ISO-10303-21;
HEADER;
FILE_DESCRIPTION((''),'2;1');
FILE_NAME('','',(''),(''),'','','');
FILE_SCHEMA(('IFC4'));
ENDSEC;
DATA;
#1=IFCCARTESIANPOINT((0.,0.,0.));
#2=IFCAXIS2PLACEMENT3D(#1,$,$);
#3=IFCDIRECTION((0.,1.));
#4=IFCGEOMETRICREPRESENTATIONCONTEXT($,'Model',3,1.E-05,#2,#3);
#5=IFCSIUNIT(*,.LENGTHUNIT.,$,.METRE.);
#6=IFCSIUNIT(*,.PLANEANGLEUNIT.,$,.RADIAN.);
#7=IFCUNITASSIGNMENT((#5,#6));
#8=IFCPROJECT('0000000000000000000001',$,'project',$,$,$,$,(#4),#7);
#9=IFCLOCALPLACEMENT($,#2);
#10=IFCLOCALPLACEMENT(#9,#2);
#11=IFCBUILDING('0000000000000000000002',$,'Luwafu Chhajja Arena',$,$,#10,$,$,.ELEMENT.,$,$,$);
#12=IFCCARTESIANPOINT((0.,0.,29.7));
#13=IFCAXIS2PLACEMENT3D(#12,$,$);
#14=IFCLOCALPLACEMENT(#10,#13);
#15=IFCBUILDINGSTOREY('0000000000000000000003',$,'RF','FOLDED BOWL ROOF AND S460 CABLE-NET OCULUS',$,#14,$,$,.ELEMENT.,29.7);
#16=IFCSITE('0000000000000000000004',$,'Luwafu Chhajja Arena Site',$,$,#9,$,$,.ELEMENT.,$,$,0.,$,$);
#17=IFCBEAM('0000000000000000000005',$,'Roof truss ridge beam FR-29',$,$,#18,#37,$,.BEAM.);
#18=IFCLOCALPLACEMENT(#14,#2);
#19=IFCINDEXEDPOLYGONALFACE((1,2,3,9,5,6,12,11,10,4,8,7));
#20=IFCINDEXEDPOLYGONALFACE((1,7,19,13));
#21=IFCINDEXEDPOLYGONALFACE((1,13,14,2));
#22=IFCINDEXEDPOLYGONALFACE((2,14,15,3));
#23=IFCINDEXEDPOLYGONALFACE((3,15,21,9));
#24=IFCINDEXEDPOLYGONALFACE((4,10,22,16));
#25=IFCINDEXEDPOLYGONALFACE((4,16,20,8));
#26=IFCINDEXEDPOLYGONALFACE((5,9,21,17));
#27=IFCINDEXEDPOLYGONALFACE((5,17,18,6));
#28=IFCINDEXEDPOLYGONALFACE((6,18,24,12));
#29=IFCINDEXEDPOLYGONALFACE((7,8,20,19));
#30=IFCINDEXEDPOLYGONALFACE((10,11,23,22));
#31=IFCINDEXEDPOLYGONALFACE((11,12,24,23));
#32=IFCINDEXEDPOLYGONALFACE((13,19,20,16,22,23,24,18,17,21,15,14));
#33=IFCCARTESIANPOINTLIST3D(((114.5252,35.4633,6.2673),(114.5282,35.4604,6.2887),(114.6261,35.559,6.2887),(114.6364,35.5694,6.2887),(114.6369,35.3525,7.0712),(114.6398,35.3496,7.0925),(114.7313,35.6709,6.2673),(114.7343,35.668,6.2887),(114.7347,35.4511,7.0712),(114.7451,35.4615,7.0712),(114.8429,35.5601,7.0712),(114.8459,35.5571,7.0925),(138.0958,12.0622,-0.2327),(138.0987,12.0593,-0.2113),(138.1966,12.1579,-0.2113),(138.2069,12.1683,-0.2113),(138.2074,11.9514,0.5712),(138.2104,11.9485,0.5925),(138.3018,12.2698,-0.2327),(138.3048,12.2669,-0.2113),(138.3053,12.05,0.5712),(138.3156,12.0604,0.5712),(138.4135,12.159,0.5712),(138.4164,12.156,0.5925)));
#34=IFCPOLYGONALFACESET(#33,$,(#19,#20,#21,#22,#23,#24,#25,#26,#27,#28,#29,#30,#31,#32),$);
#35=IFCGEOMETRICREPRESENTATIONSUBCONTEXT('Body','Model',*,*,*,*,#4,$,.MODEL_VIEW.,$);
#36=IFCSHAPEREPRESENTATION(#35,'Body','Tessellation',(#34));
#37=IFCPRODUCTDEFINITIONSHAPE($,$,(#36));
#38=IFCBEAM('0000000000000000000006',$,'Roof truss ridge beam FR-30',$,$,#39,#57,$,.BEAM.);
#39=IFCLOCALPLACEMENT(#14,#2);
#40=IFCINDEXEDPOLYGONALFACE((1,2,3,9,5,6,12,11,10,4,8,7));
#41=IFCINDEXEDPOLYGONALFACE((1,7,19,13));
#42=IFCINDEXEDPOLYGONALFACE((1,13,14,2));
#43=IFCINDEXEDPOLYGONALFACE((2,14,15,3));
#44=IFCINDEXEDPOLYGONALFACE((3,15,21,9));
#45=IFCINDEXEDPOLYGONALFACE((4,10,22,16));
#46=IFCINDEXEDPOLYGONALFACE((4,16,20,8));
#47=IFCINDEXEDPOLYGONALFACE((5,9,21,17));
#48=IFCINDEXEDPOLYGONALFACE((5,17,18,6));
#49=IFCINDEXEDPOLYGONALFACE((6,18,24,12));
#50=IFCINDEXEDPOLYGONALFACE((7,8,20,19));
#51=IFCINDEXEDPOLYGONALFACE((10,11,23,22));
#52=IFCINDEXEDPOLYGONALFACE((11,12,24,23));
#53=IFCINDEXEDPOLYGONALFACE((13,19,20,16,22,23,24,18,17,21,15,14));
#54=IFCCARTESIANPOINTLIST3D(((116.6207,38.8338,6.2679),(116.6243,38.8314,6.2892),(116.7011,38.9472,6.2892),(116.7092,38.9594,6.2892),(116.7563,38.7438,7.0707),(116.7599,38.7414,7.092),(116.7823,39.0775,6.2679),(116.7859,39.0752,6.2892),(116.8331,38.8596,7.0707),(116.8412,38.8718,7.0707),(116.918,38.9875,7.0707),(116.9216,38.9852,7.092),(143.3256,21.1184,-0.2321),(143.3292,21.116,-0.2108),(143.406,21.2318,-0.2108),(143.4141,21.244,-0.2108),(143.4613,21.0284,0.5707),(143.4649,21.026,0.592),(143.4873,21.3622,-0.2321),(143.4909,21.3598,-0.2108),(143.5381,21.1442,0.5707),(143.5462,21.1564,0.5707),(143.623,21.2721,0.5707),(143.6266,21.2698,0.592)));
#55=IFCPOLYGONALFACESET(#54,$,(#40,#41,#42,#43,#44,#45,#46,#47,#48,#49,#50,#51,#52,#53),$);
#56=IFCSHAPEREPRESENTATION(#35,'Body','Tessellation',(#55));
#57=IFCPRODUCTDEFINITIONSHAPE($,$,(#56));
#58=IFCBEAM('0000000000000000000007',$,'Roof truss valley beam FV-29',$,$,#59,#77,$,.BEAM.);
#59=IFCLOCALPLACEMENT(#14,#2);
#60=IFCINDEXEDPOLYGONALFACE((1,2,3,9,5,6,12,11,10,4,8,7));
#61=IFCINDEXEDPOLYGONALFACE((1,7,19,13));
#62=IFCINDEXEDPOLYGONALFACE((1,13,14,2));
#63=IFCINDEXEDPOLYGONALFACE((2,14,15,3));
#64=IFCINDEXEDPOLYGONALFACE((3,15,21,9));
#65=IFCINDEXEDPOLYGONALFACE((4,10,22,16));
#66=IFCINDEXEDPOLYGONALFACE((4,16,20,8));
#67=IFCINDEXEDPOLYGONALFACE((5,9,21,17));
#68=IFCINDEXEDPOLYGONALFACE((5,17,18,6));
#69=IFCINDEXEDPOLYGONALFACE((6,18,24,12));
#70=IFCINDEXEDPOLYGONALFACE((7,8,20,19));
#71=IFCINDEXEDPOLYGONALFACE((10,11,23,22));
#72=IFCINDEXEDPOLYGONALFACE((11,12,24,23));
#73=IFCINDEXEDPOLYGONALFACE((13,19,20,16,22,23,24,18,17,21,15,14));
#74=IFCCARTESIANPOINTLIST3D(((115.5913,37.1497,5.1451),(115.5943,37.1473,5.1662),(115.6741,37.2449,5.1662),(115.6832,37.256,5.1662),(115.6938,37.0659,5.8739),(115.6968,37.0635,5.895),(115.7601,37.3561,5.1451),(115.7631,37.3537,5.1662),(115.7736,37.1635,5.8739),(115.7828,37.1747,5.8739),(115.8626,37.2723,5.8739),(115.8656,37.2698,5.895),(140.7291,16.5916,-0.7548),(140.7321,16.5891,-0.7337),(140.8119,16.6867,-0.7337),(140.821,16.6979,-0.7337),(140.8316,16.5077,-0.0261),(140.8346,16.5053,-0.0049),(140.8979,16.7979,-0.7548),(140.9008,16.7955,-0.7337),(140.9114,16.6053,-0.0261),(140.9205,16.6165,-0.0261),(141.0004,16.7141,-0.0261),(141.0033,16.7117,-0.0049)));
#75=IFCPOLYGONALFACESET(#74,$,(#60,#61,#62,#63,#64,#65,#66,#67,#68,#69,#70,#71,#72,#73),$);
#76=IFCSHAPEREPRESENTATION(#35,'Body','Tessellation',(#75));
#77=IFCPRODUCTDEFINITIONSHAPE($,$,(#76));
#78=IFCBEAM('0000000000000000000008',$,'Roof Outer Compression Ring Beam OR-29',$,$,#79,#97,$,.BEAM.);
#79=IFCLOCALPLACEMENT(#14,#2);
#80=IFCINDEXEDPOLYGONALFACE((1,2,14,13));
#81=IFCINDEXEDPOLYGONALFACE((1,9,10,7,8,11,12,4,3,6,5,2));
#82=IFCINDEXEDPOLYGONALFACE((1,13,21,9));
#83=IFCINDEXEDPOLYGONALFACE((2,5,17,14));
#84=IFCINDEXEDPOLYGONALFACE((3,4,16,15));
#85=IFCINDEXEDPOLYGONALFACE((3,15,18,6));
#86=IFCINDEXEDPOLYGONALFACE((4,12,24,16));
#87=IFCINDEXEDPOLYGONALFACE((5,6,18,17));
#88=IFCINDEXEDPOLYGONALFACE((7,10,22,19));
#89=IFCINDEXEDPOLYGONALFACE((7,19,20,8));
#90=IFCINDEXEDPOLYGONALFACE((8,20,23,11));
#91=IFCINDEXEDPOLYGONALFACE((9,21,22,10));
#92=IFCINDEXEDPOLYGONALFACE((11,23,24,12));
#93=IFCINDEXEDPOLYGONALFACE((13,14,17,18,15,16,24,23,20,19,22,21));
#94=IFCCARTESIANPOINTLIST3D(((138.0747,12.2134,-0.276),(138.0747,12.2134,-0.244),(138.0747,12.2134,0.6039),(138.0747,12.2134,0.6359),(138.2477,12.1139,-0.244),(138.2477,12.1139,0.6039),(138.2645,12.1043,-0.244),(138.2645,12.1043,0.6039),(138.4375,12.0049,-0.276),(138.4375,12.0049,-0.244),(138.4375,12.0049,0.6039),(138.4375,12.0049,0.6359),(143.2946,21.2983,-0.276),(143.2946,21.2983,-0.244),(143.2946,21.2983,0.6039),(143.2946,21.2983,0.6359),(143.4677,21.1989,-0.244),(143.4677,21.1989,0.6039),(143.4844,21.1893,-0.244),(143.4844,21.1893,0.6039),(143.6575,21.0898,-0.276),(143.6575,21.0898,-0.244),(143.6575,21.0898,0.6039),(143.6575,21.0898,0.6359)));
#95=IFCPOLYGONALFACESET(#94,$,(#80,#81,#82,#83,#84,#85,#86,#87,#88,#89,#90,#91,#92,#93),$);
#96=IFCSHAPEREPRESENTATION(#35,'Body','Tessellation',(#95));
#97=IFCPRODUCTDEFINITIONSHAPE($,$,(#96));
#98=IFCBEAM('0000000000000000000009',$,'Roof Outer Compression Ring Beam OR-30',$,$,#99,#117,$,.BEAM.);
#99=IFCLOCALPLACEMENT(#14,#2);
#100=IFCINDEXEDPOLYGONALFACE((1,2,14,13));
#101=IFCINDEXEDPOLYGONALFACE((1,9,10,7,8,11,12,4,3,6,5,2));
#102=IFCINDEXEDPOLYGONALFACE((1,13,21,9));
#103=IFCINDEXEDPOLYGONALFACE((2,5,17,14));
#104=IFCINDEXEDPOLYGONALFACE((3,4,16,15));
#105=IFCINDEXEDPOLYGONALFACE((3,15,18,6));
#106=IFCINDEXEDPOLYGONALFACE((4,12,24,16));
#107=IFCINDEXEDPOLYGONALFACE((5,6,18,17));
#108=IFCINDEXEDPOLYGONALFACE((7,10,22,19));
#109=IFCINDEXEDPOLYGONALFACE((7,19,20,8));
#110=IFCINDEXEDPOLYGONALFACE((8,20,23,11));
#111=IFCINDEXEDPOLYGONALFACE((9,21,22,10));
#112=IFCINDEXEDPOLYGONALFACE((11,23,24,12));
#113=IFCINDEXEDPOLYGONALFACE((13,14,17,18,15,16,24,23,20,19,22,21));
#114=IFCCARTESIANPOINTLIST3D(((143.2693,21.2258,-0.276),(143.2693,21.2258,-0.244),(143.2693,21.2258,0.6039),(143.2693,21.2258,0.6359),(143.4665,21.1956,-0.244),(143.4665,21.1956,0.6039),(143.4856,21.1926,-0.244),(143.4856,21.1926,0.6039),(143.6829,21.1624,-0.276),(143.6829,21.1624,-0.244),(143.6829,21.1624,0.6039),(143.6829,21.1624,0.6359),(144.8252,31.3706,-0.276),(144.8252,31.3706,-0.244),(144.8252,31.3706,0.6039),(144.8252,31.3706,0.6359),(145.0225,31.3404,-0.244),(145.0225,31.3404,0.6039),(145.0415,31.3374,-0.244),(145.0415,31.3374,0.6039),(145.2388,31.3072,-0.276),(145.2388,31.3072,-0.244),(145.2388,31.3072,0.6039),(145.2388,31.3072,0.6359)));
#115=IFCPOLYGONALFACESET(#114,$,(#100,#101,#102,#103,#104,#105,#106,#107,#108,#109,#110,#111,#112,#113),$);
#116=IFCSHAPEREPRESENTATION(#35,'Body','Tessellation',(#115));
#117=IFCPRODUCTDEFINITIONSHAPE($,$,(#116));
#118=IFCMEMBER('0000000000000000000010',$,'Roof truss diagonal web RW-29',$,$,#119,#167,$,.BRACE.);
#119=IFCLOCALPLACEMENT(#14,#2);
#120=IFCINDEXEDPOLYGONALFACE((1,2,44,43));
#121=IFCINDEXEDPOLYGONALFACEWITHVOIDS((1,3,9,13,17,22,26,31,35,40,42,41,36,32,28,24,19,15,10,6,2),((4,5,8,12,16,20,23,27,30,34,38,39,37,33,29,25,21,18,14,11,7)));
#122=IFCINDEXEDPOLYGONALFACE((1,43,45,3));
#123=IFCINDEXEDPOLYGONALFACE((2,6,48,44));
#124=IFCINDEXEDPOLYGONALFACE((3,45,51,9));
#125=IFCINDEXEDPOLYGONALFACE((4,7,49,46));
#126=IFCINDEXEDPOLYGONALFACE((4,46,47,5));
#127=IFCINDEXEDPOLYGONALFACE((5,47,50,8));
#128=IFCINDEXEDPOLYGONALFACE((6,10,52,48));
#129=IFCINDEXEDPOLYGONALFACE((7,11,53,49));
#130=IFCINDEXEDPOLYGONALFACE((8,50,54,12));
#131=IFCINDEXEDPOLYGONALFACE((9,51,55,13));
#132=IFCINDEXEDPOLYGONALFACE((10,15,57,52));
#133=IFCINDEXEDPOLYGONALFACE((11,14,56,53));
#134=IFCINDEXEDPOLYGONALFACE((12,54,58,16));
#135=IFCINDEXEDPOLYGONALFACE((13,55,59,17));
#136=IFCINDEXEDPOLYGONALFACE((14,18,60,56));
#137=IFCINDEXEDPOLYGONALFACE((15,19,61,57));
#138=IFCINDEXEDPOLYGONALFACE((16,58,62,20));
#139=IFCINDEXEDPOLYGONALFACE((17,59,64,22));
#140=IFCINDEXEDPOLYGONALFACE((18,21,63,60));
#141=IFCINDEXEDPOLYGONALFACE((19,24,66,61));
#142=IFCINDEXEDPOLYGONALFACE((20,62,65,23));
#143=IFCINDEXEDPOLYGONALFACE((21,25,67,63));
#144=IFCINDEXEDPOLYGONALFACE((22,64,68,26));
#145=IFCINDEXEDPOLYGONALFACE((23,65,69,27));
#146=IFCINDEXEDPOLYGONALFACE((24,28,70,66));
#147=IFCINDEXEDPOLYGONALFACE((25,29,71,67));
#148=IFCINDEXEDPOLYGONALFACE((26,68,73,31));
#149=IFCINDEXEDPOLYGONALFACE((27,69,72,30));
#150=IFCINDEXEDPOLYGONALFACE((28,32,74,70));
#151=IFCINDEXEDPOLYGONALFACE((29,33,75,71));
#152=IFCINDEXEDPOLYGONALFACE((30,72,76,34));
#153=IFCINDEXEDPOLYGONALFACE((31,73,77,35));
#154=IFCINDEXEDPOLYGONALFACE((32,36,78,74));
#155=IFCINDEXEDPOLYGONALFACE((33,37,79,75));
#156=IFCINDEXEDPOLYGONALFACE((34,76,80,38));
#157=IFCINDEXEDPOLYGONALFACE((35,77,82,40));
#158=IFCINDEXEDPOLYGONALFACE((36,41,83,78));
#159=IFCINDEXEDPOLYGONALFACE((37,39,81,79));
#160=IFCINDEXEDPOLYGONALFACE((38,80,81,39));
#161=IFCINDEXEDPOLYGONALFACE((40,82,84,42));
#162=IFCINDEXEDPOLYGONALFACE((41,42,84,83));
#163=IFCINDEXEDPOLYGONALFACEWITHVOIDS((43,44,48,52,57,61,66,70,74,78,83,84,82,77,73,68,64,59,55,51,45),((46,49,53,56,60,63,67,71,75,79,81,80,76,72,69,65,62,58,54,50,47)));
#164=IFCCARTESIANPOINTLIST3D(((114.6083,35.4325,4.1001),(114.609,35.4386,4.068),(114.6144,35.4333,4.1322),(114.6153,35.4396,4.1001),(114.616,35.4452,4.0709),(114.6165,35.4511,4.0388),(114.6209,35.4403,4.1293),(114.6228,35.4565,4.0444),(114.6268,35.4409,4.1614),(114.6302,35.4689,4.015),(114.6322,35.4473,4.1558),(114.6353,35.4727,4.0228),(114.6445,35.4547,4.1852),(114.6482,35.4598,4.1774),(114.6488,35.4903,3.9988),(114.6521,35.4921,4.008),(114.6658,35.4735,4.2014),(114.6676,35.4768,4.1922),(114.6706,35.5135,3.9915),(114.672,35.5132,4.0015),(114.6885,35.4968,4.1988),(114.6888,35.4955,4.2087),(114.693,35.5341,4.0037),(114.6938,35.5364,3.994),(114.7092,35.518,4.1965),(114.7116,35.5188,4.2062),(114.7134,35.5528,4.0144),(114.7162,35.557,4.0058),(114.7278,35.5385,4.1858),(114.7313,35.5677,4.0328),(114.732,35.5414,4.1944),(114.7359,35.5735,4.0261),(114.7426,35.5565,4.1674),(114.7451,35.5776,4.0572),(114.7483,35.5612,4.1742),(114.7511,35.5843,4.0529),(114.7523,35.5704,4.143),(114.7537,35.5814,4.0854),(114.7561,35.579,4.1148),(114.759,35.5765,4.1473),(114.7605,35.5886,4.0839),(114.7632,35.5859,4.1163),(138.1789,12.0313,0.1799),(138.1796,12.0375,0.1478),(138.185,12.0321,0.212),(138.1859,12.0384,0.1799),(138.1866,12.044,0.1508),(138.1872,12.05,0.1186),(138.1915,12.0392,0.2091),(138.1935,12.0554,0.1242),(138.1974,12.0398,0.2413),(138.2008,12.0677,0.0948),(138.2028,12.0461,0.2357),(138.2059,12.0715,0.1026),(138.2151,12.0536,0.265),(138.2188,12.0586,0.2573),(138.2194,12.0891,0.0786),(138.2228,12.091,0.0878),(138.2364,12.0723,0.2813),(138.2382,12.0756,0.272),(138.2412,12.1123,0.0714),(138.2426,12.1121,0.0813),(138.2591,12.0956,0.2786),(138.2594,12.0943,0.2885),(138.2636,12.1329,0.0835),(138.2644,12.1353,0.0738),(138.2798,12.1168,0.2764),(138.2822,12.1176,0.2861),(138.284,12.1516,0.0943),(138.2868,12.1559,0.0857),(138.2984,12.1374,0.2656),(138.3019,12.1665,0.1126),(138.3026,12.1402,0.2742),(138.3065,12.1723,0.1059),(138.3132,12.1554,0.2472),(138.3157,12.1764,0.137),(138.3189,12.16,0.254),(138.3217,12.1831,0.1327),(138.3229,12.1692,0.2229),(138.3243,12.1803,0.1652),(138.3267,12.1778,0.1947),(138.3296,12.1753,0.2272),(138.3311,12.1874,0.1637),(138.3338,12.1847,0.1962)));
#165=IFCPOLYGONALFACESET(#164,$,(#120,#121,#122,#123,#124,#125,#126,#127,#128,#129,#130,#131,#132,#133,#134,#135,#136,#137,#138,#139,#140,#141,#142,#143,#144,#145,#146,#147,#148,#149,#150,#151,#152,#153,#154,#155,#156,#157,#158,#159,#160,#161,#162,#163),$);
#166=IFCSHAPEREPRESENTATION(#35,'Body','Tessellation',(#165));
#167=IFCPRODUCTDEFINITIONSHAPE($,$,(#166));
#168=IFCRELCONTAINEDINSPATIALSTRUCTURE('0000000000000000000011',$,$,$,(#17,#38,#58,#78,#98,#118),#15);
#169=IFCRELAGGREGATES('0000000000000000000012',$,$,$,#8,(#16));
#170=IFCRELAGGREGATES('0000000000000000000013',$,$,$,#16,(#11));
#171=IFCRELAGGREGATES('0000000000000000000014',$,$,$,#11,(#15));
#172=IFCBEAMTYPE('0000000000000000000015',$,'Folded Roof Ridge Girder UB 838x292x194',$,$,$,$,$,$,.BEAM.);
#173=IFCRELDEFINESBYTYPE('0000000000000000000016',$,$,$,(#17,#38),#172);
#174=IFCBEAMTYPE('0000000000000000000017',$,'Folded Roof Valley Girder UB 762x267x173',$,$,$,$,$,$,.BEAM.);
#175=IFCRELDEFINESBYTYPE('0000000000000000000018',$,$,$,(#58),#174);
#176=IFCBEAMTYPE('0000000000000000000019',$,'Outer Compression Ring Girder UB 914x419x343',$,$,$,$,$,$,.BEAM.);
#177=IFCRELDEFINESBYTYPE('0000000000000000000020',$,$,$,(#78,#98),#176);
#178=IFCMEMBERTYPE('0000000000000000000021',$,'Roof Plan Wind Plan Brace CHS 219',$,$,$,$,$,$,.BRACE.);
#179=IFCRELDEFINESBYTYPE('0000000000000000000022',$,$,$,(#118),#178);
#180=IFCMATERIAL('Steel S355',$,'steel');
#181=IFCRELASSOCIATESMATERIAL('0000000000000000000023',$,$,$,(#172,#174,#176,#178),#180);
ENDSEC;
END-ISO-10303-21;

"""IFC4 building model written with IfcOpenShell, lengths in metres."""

from ifc_helpers import new_model, si_unit, direction, frame, origin, origin_2d, place, context, subcontext, project, spatial, hollow_circle, i_section, extrude, material, material_profile, profile_set, type_object, element, save


model = new_model("IFC4")

# Units and contexts
model_context = context("Model", 3, precision=1e-05, world=origin(), true_north=direction((0.0, 1.0)))
body_context = subcontext(model_context, "Body", "Model", "MODEL_VIEW")
ifc_project = project(units=[si_unit("LENGTHUNIT", "METRE"), si_unit("PLANEANGLEUNIT", "RADIAN")], contexts=[model_context])

# Site, building, storey
site_placement = place(None, origin())
site = spatial("IfcSite", under=ifc_project, at=site_placement, Name="Luwafu Chhajja Arena Site", CompositionType="ELEMENT", RefElevation=0.0)
building_placement = place(site_placement, origin())
building = spatial("IfcBuilding", under=site, at=building_placement, Name="Luwafu Chhajja Arena", CompositionType="ELEMENT")
storey_placement = place(building_placement, frame((0.0, 0.0, 29.7)))
storey = spatial("IfcBuildingStorey", under=building, at=storey_placement, Name="RF", Description="FOLDED BOWL ROOF AND S460 CABLE-NET OCULUS", CompositionType="ELEMENT", Elevation=29.7)

# Beams
ifc_material_1 = material(Name="Steel S355", Category="steel")
ifc_material_profile_1 = material_profile(ifc_material_1, i_section(OverallWidth=0.2925, OverallDepth=0.8408, WebThickness=0.0146, FlangeThickness=0.0217, at=origin_2d()), Name="UB 838x292x194")
ifc_profile_set_1 = profile_set([ifc_material_profile_1], Name="Steel S355")
beam_type_1 = type_object("IfcBeamType", Name="Folded Roof Ridge Girder UB 838x292x194", PredefinedType="BEAM", material=ifc_profile_set_1)
beam_1_placement = place(storey_placement, frame((138.2561, 12.1091, 0.1799), z_axis=(-0.696442, 0.691436, 0.192056), x_axis=(-0.704552, -0.709653, 0.0)))
element("IfcBeam", 1, at=beam_1_placement, inside=storey, type_object=beam_type_1, Name="Roof truss ridge beam FR-29", PredefinedType="BEAM", context=body_context, shape_type="SweptSolid", body=[
    extrude(i_section(OverallWidth=0.2925, OverallDepth=0.8408, WebThickness=0.0146, FlangeThickness=0.0217, at=origin_2d()), origin(), (0.0, 0.0, 1.0), 33.8442),
])
beam_2_placement = place(storey_placement, frame((143.4761, 21.1941, 0.1799), z_axis=(-0.816684, 0.541768, 0.198782), x_axis=(-0.5528, -0.833314, 0.0)))
element("IfcBeam", 2, at=beam_2_placement, inside=storey, type_object=beam_type_1, Name="Roof truss ridge beam FR-30", PredefinedType="BEAM", context=body_context, shape_type="SweptSolid", body=[
    extrude(i_section(OverallWidth=0.2925, OverallDepth=0.8408, WebThickness=0.0146, FlangeThickness=0.0217, at=origin_2d()), origin(), (0.0, 0.0, 1.0), 32.6992),
])
ifc_material_profile_2 = material_profile(ifc_material_1, i_section(OverallWidth=0.2666, OverallDepth=0.7622, WebThickness=0.0144, FlangeThickness=0.0215, at=origin_2d()), Name="UB 762x267x173")
ifc_profile_set_2 = profile_set([ifc_material_profile_2], Name="Steel S355")
beam_type_2 = type_object("IfcBeamType", Name="Folded Roof Valley Girder UB 762x267x173", PredefinedType="BEAM", material=ifc_profile_set_2)
beam_3_placement = place(storey_placement, frame((140.8662, 16.6516, -0.3799), z_axis=(-0.761627, 0.622873, 0.178756), x_axis=(-0.63307, -0.774095, 0.0)))
element("IfcBeam", 3, at=beam_3_placement, inside=storey, type_object=beam_type_2, Name="Roof truss valley beam FV-29", PredefinedType="BEAM", context=body_context, shape_type="SweptSolid", body=[
    extrude(i_section(OverallWidth=0.2666, OverallDepth=0.7622, WebThickness=0.0144, FlangeThickness=0.0215, at=origin_2d()), origin(), (0.0, 0.0, 1.0), 33.0054),
])
ifc_material_profile_3 = material_profile(ifc_material_1, i_section(OverallWidth=0.4185, OverallDepth=0.9119, WebThickness=0.0193, FlangeThickness=0.032, at=origin_2d()), Name="UB 914x419x343")
ifc_profile_set_3 = profile_set([ifc_material_profile_3], Name="Steel S355")
beam_type_3 = type_object("IfcBeamType", Name="Outer Compression Ring Girder UB 914x419x343", PredefinedType="BEAM", material=ifc_profile_set_3)
beam_4_placement = place(storey_placement, frame((138.2561, 12.1091, 0.1799), z_axis=(0.498193, 0.867066, 0.0), x_axis=(-0.867066, 0.498193, 0.0)))
element("IfcBeam", 4, at=beam_4_placement, inside=storey, type_object=beam_type_3, Name="Roof Outer Compression Ring Beam OR-29", PredefinedType="BEAM", context=body_context, shape_type="SweptSolid", body=[
    extrude(i_section(OverallWidth=0.4185, OverallDepth=0.9119, WebThickness=0.0193, FlangeThickness=0.032, at=origin_2d()), origin(), (0.0, 0.0, 1.0), 10.4778),
])
beam_5_placement = place(storey_placement, frame((143.4761, 21.1941, 0.1799), z_axis=(0.151598, 0.988442, 0.0), x_axis=(-0.988442, 0.151598, 0.0)))
element("IfcBeam", 5, at=beam_5_placement, inside=storey, type_object=beam_type_3, Name="Roof Outer Compression Ring Beam OR-30", PredefinedType="BEAM", context=body_context, shape_type="SweptSolid", body=[
    extrude(i_section(OverallWidth=0.4185, OverallDepth=0.9119, WebThickness=0.0193, FlangeThickness=0.032, at=origin_2d()), origin(), (0.0, 0.0, 1.0), 10.2634),
])

# Member
ifc_material_profile_4 = material_profile(ifc_material_1, hollow_circle(Radius=0.1096, WallThickness=0.01, at=origin_2d()), Name="CHS 219.1x10")
ifc_profile_set_4 = profile_set([ifc_material_profile_4], Name="Steel S355")
member_type = type_object("IfcMemberType", Name="Roof Plan Wind Plan Brace CHS 219", PredefinedType="BRACE", material=ifc_profile_set_4)
member_1_placement = place(storey_placement, frame((138.2561, 12.1091, 0.1799), z_axis=(-0.704761, 0.699695, 0.117213), x_axis=(-0.704552, -0.709653, 0.0)))
element("IfcMember", 6, at=member_1_placement, inside=storey, type_object=member_type, Name="Roof truss diagonal web RW-29", PredefinedType="BRACE", context=body_context, shape_type="SweptSolid", body=[
    extrude(hollow_circle(Radius=0.1096, WallThickness=0.01, at=origin_2d()), origin(), (0.0, 0.0, 1.0), 33.4448),
])

save(model, "model.ifc")
